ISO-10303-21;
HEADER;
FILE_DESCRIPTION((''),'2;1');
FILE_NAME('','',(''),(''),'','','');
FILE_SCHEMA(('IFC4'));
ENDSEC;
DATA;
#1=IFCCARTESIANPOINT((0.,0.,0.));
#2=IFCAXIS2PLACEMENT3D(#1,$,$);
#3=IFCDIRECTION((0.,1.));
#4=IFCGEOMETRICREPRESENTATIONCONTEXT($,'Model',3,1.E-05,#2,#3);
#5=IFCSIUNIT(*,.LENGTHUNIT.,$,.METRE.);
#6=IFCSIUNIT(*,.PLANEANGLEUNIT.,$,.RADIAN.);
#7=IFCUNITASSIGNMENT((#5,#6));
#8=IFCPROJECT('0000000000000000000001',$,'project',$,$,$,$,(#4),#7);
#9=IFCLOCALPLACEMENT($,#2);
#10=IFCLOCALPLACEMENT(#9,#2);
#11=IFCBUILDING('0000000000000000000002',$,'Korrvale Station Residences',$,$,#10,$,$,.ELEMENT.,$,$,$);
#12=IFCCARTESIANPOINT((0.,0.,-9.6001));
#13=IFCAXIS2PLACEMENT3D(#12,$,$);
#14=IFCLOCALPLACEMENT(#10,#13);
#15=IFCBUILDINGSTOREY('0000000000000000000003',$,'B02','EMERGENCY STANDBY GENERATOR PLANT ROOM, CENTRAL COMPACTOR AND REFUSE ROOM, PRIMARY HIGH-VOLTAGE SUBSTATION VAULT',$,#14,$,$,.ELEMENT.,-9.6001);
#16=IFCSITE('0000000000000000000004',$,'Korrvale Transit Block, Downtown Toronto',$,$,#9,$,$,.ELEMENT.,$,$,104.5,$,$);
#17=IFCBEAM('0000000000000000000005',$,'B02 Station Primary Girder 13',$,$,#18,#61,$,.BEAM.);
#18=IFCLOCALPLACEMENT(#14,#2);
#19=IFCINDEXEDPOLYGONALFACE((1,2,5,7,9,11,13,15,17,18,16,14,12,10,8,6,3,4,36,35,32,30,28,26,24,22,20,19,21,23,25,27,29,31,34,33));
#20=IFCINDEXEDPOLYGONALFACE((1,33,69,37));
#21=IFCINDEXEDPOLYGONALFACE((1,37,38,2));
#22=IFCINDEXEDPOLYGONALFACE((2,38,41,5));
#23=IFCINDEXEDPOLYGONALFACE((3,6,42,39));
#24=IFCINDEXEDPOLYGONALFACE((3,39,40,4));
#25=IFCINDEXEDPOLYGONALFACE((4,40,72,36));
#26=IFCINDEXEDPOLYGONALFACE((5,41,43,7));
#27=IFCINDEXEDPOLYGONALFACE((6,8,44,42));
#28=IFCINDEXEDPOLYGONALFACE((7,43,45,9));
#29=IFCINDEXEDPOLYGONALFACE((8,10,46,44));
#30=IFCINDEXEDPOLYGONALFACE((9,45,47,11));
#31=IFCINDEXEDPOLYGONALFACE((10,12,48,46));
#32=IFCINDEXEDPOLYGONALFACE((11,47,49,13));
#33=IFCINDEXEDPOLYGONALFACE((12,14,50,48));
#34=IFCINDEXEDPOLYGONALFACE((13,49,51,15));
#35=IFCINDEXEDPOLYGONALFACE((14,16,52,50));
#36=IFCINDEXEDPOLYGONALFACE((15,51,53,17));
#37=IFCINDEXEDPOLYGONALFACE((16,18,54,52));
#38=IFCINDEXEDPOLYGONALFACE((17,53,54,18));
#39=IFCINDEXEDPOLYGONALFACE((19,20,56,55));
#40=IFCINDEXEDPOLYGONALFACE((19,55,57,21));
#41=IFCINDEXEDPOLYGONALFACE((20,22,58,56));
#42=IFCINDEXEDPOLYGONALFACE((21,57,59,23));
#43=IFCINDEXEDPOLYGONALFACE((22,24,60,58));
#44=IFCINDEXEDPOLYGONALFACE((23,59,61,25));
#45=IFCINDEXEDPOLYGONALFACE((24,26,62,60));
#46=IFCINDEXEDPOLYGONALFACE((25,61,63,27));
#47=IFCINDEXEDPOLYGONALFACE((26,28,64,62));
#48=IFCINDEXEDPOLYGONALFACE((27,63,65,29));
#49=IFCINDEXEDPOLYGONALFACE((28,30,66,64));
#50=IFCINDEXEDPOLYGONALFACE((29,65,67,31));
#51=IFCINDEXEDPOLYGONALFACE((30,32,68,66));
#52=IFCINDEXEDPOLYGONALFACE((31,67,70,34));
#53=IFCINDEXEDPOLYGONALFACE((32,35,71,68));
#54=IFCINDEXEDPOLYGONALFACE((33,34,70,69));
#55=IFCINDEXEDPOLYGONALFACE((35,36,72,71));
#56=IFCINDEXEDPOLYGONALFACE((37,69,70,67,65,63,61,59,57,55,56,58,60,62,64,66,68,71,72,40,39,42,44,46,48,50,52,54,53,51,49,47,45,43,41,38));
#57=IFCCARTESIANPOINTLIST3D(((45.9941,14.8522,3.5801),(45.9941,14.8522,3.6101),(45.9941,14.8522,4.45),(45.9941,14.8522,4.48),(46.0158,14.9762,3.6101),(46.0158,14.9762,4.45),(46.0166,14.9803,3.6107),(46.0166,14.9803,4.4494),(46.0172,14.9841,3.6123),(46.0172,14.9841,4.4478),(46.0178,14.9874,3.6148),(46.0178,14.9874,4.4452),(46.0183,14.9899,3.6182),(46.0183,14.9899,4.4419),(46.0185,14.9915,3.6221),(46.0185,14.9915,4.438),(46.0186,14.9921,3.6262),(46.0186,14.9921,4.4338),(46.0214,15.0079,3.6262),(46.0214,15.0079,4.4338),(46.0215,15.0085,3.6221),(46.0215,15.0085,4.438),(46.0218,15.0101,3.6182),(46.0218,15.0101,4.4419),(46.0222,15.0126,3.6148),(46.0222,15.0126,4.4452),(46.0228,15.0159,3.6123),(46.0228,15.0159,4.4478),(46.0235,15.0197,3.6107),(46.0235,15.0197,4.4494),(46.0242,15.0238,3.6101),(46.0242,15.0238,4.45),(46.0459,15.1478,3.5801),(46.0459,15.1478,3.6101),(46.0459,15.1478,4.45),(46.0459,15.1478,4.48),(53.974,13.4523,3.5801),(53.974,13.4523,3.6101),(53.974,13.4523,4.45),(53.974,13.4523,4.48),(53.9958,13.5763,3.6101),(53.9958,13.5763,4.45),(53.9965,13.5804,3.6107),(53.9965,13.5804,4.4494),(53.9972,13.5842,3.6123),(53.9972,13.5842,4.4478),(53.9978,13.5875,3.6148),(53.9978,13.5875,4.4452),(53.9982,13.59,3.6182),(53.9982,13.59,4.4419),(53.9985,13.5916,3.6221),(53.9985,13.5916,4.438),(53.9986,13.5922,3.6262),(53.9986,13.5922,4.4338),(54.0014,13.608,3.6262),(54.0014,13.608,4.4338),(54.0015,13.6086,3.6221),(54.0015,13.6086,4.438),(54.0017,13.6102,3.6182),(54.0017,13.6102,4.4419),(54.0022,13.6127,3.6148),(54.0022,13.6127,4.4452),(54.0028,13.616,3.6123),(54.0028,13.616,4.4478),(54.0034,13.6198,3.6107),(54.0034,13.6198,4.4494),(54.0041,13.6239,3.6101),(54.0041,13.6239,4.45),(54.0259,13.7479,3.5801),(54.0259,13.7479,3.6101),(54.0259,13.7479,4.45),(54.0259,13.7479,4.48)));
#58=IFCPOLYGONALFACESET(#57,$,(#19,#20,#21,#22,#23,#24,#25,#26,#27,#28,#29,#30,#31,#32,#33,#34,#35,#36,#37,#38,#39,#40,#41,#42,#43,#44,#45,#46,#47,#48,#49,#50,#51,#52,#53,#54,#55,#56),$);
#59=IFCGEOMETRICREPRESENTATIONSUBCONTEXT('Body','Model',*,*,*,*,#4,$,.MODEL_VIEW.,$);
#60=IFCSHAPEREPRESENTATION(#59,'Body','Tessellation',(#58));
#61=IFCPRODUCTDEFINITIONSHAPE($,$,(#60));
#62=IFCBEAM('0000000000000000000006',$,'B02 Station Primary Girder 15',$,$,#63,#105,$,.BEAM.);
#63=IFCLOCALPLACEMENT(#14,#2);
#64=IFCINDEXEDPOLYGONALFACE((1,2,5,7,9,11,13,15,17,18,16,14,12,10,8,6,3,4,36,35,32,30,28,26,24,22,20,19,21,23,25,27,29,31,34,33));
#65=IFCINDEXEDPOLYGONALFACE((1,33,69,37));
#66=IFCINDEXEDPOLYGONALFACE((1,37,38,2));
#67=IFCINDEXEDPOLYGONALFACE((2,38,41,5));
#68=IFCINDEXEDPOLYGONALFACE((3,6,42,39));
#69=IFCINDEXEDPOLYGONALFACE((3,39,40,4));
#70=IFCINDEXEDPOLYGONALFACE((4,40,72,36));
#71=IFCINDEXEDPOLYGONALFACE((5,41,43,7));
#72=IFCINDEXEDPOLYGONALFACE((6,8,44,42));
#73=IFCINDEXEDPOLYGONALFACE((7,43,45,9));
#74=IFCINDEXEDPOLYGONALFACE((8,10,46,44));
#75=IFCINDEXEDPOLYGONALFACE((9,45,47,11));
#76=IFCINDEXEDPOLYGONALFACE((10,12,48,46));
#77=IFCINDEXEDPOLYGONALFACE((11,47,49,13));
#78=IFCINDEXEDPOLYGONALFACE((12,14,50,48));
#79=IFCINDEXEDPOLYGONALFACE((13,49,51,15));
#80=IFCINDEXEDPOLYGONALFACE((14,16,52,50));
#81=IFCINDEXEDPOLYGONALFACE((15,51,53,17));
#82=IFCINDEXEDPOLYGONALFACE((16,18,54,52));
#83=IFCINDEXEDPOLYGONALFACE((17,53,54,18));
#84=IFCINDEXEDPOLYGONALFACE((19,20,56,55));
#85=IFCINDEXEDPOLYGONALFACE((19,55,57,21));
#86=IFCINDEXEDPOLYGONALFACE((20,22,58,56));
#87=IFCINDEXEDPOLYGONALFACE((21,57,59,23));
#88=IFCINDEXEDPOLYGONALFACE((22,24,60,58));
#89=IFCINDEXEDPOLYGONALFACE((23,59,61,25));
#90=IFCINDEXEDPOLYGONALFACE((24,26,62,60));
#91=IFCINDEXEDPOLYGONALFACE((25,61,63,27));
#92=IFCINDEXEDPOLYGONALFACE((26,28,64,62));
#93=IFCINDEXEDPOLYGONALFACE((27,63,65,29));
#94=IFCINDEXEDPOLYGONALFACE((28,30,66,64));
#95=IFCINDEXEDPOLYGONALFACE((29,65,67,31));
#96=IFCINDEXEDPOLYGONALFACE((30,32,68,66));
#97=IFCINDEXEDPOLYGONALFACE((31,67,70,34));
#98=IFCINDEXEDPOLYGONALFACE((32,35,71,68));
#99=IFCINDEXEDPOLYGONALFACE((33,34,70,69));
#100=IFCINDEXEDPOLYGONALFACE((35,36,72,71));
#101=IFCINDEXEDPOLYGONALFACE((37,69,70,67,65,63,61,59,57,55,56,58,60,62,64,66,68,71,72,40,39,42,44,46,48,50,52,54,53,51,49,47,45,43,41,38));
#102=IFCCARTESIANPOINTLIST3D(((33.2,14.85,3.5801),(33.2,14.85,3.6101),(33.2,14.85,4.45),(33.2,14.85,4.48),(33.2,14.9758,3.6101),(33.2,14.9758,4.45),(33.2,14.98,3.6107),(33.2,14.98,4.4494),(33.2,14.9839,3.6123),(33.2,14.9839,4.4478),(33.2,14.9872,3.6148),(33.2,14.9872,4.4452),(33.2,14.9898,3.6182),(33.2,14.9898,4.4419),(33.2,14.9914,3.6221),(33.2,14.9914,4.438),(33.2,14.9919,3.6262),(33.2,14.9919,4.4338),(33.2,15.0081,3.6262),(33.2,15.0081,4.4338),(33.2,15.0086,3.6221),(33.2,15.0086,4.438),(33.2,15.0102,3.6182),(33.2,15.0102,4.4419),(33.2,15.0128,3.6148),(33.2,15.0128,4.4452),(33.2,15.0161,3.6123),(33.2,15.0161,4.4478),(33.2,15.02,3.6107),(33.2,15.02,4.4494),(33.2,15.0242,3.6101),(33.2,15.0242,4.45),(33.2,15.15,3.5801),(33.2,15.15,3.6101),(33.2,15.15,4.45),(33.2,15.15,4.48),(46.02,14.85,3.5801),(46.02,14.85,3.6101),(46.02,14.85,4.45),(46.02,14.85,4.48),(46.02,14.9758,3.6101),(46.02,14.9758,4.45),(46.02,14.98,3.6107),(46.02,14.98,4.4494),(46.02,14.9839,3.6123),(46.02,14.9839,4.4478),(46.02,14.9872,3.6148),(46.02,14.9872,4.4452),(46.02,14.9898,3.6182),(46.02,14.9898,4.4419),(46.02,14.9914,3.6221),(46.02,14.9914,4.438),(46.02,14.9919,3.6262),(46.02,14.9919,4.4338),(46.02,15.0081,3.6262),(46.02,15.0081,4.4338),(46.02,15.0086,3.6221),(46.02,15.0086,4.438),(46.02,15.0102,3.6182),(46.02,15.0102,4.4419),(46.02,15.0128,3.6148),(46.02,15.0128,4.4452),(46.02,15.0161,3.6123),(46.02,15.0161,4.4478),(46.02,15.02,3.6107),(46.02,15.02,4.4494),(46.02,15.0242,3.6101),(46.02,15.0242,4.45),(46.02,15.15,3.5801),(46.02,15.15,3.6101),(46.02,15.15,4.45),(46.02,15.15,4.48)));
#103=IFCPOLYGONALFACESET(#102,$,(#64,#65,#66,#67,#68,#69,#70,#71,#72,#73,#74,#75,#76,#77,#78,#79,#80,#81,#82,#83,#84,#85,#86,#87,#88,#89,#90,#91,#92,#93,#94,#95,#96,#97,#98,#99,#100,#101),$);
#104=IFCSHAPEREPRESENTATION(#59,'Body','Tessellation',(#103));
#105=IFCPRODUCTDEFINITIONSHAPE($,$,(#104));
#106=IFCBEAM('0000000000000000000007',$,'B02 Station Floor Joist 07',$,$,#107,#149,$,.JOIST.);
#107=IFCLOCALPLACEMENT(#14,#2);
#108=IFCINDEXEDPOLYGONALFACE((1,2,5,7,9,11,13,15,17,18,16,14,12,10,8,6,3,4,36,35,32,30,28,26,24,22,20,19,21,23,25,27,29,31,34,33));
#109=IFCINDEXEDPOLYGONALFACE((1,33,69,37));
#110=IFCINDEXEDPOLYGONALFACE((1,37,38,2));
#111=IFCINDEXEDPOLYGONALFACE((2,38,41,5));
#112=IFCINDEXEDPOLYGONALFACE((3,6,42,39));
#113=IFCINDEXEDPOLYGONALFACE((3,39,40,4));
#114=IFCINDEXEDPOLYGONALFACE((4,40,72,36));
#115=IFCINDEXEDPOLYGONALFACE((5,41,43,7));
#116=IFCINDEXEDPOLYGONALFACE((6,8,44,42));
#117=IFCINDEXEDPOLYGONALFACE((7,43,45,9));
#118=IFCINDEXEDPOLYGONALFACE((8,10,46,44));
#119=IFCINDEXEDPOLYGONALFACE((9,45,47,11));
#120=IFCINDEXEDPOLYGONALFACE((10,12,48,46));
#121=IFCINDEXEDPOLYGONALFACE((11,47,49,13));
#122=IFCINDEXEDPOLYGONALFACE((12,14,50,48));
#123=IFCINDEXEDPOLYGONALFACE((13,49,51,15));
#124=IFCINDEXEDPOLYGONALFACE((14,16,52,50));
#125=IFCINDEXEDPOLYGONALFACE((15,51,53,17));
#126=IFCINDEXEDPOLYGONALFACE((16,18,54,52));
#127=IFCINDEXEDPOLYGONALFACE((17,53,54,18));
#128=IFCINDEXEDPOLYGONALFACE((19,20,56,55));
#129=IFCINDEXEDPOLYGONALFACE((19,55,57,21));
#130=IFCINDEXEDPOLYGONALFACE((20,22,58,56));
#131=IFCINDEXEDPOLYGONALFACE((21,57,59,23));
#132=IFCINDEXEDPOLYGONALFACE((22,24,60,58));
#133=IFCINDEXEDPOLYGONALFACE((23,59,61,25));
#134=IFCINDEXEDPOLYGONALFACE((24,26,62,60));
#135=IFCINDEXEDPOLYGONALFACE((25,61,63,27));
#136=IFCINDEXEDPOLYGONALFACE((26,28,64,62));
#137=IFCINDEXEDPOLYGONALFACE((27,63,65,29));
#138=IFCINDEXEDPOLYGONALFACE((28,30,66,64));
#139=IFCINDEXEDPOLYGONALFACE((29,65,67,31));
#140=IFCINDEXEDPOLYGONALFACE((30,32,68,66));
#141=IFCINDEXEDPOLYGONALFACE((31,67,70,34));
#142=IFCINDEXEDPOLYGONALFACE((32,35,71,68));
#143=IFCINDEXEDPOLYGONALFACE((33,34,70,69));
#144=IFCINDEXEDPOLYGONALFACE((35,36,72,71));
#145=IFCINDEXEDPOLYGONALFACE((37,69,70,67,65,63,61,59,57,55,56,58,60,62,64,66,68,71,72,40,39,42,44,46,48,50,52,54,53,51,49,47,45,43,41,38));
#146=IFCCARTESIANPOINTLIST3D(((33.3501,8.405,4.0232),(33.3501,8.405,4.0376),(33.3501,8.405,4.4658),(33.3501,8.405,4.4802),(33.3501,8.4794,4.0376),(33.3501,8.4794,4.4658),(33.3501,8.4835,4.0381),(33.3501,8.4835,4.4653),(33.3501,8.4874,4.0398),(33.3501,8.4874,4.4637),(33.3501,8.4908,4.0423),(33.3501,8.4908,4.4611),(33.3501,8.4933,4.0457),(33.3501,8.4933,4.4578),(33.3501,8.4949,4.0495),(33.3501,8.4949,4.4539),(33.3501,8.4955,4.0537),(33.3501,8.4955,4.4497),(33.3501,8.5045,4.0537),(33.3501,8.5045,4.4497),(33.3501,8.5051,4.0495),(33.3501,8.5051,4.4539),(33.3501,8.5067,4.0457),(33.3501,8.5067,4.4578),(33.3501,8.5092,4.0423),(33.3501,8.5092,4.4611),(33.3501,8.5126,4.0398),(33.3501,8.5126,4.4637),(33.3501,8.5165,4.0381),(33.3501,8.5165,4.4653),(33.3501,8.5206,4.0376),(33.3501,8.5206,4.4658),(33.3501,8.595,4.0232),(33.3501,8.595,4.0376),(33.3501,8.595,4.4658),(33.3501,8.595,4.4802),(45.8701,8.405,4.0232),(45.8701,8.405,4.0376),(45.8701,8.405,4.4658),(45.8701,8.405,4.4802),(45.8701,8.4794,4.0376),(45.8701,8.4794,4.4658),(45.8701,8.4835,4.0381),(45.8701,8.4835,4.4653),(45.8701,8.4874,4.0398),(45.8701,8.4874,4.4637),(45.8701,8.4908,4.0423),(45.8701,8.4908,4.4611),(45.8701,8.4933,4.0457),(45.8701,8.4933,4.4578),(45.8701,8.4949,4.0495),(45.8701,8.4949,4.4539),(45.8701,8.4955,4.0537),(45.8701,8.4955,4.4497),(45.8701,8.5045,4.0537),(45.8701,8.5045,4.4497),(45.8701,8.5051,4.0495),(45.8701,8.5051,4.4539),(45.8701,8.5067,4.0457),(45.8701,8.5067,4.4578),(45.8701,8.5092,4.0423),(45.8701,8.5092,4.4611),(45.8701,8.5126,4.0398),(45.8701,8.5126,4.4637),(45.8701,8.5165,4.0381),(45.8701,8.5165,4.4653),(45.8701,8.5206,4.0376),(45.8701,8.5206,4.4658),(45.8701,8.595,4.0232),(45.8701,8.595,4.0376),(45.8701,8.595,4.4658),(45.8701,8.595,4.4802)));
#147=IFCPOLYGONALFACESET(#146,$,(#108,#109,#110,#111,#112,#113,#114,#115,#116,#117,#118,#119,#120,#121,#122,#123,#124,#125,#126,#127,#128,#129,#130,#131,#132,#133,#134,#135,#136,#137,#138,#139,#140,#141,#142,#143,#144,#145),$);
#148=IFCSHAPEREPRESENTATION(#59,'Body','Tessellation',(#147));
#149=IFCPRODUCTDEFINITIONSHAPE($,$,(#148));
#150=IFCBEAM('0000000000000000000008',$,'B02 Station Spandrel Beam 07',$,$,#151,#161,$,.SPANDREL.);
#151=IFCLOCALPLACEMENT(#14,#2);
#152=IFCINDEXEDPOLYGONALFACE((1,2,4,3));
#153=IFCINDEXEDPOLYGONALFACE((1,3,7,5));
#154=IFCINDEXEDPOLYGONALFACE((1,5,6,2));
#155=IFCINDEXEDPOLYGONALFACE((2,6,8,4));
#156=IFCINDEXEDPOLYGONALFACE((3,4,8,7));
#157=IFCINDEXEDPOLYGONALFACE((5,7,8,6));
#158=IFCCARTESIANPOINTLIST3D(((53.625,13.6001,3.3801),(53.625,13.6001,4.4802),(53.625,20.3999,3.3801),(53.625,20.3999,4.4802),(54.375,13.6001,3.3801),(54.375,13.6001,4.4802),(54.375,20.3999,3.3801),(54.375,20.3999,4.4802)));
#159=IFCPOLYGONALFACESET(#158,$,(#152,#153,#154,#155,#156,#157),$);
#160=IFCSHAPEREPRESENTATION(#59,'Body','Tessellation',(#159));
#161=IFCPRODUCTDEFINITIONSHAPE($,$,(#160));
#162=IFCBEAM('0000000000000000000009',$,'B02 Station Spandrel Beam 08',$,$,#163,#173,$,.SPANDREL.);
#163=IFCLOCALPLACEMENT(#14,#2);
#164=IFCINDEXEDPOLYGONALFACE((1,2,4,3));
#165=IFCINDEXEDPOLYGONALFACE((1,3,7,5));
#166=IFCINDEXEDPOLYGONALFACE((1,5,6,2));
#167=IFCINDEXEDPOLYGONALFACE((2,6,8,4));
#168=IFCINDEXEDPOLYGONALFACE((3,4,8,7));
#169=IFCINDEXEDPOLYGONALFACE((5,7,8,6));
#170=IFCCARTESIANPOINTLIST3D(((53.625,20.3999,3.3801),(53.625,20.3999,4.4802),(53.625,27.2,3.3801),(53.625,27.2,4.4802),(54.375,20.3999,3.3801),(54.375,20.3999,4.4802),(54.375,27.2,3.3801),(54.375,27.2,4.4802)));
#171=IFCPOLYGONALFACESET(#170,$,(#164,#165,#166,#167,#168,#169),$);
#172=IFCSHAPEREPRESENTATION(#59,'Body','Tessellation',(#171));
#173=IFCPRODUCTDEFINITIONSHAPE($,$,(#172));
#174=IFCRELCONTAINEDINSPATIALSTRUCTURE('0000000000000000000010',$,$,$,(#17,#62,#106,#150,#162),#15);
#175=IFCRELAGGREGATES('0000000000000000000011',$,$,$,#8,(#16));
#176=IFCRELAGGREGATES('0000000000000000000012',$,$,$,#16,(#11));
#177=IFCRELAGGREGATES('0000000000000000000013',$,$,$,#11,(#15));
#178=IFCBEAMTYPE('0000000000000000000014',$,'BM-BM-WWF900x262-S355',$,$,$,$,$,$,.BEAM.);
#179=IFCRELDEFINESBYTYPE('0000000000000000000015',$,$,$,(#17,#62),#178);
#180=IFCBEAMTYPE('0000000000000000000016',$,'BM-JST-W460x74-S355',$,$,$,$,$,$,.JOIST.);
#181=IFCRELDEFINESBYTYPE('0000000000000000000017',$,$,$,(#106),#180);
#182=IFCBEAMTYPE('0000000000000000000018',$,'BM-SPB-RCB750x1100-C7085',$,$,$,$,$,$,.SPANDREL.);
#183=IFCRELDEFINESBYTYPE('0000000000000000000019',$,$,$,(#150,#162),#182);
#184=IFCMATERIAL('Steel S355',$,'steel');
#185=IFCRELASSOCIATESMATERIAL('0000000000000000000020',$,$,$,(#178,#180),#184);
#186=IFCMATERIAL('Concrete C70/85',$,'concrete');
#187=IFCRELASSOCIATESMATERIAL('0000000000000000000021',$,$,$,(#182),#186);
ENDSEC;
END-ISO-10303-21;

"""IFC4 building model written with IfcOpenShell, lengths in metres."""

from ifc_helpers import new_model, si_unit, direction, frame, origin, origin_2d, place, context, subcontext, project, spatial, rectangle, i_section, extrude, material, material_profile, profile_set, type_object, element, save


model = new_model("IFC4")

# Units and contexts
model_context = context("Model", 3, precision=1e-05, world=origin(), true_north=direction((0.0, 1.0)))
body_context = subcontext(model_context, "Body", "Model", "MODEL_VIEW")
ifc_project = project(units=[si_unit("LENGTHUNIT", "METRE"), si_unit("PLANEANGLEUNIT", "RADIAN")], contexts=[model_context])

# Site, building, storey
site_placement = place(None, origin())
site = spatial("IfcSite", under=ifc_project, at=site_placement, Name="Korrvale Transit Block, Downtown Toronto", CompositionType="ELEMENT", RefElevation=104.5)
building_placement = place(site_placement, origin())
building = spatial("IfcBuilding", under=site, at=building_placement, Name="Korrvale Station Residences", CompositionType="ELEMENT")
storey_placement = place(building_placement, frame((0.0, 0.0, -9.6001)))
storey = spatial("IfcBuildingStorey", under=building, at=storey_placement, Name="B02", Description="EMERGENCY STANDBY GENERATOR PLANT ROOM, CENTRAL COMPACTOR AND REFUSE ROOM, PRIMARY HIGH-VOLTAGE SUBSTATION VAULT", CompositionType="ELEMENT", Elevation=-9.6001)

# Shared definitions
ifc_material_1 = material(Name="Concrete C70/85", Category="concrete")

# Beams
ifc_material_2 = material(Name="Steel S355", Category="steel")
ifc_material_profile_1 = material_profile(ifc_material_2, i_section(OverallWidth=0.3, OverallDepth=0.8999, WebThickness=0.0161, FlangeThickness=0.03, FilletRadius=0.0161, at=origin_2d()), Name="WWF900x262")
ifc_profile_set_1 = profile_set([ifc_material_profile_1], Name="Steel S355")
beam_type_1 = type_object("IfcBeamType", Name="BM-BM-WWF900x262-S355", PredefinedType="BEAM", material=ifc_profile_set_1)
beam_1_placement = place(storey_placement, frame((46.02, 15.0, 4.03), z_axis=(0.984959, -0.172788, 0.0), x_axis=(0.172788, 0.984959, 0.0)))
element("IfcBeam", 1, at=beam_1_placement, inside=storey, type_object=beam_type_1, Name="B02 Station Primary Girder 13", PredefinedType="BEAM", context=body_context, shape_type="SweptSolid", body=[
    extrude(i_section(OverallWidth=0.3, OverallDepth=0.8999, WebThickness=0.0161, FlangeThickness=0.03, FilletRadius=0.0161, at=origin_2d()), origin(), (0.0, 0.0, 1.0), 8.1018),
])
beam_2_placement = place(storey_placement, frame((33.2, 15.0, 4.03), z_axis=(1.0, 0.0, 0.0), x_axis=(0.0, 1.0, 0.0)))
element("IfcBeam", 2, at=beam_2_placement, inside=storey, type_object=beam_type_1, Name="B02 Station Primary Girder 15", PredefinedType="BEAM", context=body_context, shape_type="SweptSolid", body=[
    extrude(i_section(OverallWidth=0.3, OverallDepth=0.8999, WebThickness=0.0161, FlangeThickness=0.03, FilletRadius=0.0161, at=origin_2d()), origin(), (0.0, 0.0, 1.0), 12.8201),
])
ifc_material_profile_2 = material_profile(ifc_material_2, i_section(OverallWidth=0.1899, OverallDepth=0.457, WebThickness=0.009, FlangeThickness=0.0144, FilletRadius=0.0161, at=origin_2d()), Name="W460x74")
ifc_profile_set_2 = profile_set([ifc_material_profile_2], Name="Steel S355")
beam_type_2 = type_object("IfcBeamType", Name="BM-JST-W460x74-S355", PredefinedType="JOIST", material=ifc_profile_set_2)
beam_3_placement = place(storey_placement, frame((33.3501, 8.5, 4.2517), z_axis=(1.0, 0.0, 0.0), x_axis=(0.0, 1.0, 0.0)))
element("IfcBeam", 3, at=beam_3_placement, inside=storey, type_object=beam_type_2, Name="B02 Station Floor Joist 07", PredefinedType="JOIST", context=body_context, shape_type="SweptSolid", body=[
    extrude(i_section(OverallWidth=0.1899, OverallDepth=0.457, WebThickness=0.009, FlangeThickness=0.0144, FilletRadius=0.0161, at=origin_2d()), origin(), (0.0, 0.0, 1.0), 12.52),
])
ifc_material_profile_3 = material_profile(ifc_material_1, rectangle(XDim=0.75, YDim=1.1001, at=origin_2d()), Name="RCB750x1100")
ifc_profile_set_3 = profile_set([ifc_material_profile_3], Name="Concrete C70/85")
beam_type_3 = type_object("IfcBeamType", Name="BM-SPB-RCB750x1100-C7085", PredefinedType="SPANDREL", material=ifc_profile_set_3)
beam_4_placement = place(storey_placement, frame((54.0, 13.6001, 3.9302), z_axis=(0.0, 1.0, 0.0), x_axis=(-1.0, 0.0, 0.0)))
element("IfcBeam", 4, at=beam_4_placement, inside=storey, type_object=beam_type_3, Name="B02 Station Spandrel Beam 07", PredefinedType="SPANDREL", context=body_context, shape_type="SweptSolid", body=[
    extrude(rectangle(XDim=0.75, YDim=1.1001, at=origin_2d()), origin(), (0.0, 0.0, 1.0), 6.7998),
])
beam_5_placement = place(storey_placement, frame((54.0, 20.3999, 3.9302), z_axis=(0.0, 1.0, 0.0), x_axis=(-1.0, 0.0, 0.0)))
element("IfcBeam", 5, at=beam_5_placement, inside=storey, type_object=beam_type_3, Name="B02 Station Spandrel Beam 08", PredefinedType="SPANDREL", context=body_context, shape_type="SweptSolid", body=[
    extrude(rectangle(XDim=0.75, YDim=1.1001, at=origin_2d()), origin(), (0.0, 0.0, 1.0), 6.8),
])

save(model, "model.ifc")
